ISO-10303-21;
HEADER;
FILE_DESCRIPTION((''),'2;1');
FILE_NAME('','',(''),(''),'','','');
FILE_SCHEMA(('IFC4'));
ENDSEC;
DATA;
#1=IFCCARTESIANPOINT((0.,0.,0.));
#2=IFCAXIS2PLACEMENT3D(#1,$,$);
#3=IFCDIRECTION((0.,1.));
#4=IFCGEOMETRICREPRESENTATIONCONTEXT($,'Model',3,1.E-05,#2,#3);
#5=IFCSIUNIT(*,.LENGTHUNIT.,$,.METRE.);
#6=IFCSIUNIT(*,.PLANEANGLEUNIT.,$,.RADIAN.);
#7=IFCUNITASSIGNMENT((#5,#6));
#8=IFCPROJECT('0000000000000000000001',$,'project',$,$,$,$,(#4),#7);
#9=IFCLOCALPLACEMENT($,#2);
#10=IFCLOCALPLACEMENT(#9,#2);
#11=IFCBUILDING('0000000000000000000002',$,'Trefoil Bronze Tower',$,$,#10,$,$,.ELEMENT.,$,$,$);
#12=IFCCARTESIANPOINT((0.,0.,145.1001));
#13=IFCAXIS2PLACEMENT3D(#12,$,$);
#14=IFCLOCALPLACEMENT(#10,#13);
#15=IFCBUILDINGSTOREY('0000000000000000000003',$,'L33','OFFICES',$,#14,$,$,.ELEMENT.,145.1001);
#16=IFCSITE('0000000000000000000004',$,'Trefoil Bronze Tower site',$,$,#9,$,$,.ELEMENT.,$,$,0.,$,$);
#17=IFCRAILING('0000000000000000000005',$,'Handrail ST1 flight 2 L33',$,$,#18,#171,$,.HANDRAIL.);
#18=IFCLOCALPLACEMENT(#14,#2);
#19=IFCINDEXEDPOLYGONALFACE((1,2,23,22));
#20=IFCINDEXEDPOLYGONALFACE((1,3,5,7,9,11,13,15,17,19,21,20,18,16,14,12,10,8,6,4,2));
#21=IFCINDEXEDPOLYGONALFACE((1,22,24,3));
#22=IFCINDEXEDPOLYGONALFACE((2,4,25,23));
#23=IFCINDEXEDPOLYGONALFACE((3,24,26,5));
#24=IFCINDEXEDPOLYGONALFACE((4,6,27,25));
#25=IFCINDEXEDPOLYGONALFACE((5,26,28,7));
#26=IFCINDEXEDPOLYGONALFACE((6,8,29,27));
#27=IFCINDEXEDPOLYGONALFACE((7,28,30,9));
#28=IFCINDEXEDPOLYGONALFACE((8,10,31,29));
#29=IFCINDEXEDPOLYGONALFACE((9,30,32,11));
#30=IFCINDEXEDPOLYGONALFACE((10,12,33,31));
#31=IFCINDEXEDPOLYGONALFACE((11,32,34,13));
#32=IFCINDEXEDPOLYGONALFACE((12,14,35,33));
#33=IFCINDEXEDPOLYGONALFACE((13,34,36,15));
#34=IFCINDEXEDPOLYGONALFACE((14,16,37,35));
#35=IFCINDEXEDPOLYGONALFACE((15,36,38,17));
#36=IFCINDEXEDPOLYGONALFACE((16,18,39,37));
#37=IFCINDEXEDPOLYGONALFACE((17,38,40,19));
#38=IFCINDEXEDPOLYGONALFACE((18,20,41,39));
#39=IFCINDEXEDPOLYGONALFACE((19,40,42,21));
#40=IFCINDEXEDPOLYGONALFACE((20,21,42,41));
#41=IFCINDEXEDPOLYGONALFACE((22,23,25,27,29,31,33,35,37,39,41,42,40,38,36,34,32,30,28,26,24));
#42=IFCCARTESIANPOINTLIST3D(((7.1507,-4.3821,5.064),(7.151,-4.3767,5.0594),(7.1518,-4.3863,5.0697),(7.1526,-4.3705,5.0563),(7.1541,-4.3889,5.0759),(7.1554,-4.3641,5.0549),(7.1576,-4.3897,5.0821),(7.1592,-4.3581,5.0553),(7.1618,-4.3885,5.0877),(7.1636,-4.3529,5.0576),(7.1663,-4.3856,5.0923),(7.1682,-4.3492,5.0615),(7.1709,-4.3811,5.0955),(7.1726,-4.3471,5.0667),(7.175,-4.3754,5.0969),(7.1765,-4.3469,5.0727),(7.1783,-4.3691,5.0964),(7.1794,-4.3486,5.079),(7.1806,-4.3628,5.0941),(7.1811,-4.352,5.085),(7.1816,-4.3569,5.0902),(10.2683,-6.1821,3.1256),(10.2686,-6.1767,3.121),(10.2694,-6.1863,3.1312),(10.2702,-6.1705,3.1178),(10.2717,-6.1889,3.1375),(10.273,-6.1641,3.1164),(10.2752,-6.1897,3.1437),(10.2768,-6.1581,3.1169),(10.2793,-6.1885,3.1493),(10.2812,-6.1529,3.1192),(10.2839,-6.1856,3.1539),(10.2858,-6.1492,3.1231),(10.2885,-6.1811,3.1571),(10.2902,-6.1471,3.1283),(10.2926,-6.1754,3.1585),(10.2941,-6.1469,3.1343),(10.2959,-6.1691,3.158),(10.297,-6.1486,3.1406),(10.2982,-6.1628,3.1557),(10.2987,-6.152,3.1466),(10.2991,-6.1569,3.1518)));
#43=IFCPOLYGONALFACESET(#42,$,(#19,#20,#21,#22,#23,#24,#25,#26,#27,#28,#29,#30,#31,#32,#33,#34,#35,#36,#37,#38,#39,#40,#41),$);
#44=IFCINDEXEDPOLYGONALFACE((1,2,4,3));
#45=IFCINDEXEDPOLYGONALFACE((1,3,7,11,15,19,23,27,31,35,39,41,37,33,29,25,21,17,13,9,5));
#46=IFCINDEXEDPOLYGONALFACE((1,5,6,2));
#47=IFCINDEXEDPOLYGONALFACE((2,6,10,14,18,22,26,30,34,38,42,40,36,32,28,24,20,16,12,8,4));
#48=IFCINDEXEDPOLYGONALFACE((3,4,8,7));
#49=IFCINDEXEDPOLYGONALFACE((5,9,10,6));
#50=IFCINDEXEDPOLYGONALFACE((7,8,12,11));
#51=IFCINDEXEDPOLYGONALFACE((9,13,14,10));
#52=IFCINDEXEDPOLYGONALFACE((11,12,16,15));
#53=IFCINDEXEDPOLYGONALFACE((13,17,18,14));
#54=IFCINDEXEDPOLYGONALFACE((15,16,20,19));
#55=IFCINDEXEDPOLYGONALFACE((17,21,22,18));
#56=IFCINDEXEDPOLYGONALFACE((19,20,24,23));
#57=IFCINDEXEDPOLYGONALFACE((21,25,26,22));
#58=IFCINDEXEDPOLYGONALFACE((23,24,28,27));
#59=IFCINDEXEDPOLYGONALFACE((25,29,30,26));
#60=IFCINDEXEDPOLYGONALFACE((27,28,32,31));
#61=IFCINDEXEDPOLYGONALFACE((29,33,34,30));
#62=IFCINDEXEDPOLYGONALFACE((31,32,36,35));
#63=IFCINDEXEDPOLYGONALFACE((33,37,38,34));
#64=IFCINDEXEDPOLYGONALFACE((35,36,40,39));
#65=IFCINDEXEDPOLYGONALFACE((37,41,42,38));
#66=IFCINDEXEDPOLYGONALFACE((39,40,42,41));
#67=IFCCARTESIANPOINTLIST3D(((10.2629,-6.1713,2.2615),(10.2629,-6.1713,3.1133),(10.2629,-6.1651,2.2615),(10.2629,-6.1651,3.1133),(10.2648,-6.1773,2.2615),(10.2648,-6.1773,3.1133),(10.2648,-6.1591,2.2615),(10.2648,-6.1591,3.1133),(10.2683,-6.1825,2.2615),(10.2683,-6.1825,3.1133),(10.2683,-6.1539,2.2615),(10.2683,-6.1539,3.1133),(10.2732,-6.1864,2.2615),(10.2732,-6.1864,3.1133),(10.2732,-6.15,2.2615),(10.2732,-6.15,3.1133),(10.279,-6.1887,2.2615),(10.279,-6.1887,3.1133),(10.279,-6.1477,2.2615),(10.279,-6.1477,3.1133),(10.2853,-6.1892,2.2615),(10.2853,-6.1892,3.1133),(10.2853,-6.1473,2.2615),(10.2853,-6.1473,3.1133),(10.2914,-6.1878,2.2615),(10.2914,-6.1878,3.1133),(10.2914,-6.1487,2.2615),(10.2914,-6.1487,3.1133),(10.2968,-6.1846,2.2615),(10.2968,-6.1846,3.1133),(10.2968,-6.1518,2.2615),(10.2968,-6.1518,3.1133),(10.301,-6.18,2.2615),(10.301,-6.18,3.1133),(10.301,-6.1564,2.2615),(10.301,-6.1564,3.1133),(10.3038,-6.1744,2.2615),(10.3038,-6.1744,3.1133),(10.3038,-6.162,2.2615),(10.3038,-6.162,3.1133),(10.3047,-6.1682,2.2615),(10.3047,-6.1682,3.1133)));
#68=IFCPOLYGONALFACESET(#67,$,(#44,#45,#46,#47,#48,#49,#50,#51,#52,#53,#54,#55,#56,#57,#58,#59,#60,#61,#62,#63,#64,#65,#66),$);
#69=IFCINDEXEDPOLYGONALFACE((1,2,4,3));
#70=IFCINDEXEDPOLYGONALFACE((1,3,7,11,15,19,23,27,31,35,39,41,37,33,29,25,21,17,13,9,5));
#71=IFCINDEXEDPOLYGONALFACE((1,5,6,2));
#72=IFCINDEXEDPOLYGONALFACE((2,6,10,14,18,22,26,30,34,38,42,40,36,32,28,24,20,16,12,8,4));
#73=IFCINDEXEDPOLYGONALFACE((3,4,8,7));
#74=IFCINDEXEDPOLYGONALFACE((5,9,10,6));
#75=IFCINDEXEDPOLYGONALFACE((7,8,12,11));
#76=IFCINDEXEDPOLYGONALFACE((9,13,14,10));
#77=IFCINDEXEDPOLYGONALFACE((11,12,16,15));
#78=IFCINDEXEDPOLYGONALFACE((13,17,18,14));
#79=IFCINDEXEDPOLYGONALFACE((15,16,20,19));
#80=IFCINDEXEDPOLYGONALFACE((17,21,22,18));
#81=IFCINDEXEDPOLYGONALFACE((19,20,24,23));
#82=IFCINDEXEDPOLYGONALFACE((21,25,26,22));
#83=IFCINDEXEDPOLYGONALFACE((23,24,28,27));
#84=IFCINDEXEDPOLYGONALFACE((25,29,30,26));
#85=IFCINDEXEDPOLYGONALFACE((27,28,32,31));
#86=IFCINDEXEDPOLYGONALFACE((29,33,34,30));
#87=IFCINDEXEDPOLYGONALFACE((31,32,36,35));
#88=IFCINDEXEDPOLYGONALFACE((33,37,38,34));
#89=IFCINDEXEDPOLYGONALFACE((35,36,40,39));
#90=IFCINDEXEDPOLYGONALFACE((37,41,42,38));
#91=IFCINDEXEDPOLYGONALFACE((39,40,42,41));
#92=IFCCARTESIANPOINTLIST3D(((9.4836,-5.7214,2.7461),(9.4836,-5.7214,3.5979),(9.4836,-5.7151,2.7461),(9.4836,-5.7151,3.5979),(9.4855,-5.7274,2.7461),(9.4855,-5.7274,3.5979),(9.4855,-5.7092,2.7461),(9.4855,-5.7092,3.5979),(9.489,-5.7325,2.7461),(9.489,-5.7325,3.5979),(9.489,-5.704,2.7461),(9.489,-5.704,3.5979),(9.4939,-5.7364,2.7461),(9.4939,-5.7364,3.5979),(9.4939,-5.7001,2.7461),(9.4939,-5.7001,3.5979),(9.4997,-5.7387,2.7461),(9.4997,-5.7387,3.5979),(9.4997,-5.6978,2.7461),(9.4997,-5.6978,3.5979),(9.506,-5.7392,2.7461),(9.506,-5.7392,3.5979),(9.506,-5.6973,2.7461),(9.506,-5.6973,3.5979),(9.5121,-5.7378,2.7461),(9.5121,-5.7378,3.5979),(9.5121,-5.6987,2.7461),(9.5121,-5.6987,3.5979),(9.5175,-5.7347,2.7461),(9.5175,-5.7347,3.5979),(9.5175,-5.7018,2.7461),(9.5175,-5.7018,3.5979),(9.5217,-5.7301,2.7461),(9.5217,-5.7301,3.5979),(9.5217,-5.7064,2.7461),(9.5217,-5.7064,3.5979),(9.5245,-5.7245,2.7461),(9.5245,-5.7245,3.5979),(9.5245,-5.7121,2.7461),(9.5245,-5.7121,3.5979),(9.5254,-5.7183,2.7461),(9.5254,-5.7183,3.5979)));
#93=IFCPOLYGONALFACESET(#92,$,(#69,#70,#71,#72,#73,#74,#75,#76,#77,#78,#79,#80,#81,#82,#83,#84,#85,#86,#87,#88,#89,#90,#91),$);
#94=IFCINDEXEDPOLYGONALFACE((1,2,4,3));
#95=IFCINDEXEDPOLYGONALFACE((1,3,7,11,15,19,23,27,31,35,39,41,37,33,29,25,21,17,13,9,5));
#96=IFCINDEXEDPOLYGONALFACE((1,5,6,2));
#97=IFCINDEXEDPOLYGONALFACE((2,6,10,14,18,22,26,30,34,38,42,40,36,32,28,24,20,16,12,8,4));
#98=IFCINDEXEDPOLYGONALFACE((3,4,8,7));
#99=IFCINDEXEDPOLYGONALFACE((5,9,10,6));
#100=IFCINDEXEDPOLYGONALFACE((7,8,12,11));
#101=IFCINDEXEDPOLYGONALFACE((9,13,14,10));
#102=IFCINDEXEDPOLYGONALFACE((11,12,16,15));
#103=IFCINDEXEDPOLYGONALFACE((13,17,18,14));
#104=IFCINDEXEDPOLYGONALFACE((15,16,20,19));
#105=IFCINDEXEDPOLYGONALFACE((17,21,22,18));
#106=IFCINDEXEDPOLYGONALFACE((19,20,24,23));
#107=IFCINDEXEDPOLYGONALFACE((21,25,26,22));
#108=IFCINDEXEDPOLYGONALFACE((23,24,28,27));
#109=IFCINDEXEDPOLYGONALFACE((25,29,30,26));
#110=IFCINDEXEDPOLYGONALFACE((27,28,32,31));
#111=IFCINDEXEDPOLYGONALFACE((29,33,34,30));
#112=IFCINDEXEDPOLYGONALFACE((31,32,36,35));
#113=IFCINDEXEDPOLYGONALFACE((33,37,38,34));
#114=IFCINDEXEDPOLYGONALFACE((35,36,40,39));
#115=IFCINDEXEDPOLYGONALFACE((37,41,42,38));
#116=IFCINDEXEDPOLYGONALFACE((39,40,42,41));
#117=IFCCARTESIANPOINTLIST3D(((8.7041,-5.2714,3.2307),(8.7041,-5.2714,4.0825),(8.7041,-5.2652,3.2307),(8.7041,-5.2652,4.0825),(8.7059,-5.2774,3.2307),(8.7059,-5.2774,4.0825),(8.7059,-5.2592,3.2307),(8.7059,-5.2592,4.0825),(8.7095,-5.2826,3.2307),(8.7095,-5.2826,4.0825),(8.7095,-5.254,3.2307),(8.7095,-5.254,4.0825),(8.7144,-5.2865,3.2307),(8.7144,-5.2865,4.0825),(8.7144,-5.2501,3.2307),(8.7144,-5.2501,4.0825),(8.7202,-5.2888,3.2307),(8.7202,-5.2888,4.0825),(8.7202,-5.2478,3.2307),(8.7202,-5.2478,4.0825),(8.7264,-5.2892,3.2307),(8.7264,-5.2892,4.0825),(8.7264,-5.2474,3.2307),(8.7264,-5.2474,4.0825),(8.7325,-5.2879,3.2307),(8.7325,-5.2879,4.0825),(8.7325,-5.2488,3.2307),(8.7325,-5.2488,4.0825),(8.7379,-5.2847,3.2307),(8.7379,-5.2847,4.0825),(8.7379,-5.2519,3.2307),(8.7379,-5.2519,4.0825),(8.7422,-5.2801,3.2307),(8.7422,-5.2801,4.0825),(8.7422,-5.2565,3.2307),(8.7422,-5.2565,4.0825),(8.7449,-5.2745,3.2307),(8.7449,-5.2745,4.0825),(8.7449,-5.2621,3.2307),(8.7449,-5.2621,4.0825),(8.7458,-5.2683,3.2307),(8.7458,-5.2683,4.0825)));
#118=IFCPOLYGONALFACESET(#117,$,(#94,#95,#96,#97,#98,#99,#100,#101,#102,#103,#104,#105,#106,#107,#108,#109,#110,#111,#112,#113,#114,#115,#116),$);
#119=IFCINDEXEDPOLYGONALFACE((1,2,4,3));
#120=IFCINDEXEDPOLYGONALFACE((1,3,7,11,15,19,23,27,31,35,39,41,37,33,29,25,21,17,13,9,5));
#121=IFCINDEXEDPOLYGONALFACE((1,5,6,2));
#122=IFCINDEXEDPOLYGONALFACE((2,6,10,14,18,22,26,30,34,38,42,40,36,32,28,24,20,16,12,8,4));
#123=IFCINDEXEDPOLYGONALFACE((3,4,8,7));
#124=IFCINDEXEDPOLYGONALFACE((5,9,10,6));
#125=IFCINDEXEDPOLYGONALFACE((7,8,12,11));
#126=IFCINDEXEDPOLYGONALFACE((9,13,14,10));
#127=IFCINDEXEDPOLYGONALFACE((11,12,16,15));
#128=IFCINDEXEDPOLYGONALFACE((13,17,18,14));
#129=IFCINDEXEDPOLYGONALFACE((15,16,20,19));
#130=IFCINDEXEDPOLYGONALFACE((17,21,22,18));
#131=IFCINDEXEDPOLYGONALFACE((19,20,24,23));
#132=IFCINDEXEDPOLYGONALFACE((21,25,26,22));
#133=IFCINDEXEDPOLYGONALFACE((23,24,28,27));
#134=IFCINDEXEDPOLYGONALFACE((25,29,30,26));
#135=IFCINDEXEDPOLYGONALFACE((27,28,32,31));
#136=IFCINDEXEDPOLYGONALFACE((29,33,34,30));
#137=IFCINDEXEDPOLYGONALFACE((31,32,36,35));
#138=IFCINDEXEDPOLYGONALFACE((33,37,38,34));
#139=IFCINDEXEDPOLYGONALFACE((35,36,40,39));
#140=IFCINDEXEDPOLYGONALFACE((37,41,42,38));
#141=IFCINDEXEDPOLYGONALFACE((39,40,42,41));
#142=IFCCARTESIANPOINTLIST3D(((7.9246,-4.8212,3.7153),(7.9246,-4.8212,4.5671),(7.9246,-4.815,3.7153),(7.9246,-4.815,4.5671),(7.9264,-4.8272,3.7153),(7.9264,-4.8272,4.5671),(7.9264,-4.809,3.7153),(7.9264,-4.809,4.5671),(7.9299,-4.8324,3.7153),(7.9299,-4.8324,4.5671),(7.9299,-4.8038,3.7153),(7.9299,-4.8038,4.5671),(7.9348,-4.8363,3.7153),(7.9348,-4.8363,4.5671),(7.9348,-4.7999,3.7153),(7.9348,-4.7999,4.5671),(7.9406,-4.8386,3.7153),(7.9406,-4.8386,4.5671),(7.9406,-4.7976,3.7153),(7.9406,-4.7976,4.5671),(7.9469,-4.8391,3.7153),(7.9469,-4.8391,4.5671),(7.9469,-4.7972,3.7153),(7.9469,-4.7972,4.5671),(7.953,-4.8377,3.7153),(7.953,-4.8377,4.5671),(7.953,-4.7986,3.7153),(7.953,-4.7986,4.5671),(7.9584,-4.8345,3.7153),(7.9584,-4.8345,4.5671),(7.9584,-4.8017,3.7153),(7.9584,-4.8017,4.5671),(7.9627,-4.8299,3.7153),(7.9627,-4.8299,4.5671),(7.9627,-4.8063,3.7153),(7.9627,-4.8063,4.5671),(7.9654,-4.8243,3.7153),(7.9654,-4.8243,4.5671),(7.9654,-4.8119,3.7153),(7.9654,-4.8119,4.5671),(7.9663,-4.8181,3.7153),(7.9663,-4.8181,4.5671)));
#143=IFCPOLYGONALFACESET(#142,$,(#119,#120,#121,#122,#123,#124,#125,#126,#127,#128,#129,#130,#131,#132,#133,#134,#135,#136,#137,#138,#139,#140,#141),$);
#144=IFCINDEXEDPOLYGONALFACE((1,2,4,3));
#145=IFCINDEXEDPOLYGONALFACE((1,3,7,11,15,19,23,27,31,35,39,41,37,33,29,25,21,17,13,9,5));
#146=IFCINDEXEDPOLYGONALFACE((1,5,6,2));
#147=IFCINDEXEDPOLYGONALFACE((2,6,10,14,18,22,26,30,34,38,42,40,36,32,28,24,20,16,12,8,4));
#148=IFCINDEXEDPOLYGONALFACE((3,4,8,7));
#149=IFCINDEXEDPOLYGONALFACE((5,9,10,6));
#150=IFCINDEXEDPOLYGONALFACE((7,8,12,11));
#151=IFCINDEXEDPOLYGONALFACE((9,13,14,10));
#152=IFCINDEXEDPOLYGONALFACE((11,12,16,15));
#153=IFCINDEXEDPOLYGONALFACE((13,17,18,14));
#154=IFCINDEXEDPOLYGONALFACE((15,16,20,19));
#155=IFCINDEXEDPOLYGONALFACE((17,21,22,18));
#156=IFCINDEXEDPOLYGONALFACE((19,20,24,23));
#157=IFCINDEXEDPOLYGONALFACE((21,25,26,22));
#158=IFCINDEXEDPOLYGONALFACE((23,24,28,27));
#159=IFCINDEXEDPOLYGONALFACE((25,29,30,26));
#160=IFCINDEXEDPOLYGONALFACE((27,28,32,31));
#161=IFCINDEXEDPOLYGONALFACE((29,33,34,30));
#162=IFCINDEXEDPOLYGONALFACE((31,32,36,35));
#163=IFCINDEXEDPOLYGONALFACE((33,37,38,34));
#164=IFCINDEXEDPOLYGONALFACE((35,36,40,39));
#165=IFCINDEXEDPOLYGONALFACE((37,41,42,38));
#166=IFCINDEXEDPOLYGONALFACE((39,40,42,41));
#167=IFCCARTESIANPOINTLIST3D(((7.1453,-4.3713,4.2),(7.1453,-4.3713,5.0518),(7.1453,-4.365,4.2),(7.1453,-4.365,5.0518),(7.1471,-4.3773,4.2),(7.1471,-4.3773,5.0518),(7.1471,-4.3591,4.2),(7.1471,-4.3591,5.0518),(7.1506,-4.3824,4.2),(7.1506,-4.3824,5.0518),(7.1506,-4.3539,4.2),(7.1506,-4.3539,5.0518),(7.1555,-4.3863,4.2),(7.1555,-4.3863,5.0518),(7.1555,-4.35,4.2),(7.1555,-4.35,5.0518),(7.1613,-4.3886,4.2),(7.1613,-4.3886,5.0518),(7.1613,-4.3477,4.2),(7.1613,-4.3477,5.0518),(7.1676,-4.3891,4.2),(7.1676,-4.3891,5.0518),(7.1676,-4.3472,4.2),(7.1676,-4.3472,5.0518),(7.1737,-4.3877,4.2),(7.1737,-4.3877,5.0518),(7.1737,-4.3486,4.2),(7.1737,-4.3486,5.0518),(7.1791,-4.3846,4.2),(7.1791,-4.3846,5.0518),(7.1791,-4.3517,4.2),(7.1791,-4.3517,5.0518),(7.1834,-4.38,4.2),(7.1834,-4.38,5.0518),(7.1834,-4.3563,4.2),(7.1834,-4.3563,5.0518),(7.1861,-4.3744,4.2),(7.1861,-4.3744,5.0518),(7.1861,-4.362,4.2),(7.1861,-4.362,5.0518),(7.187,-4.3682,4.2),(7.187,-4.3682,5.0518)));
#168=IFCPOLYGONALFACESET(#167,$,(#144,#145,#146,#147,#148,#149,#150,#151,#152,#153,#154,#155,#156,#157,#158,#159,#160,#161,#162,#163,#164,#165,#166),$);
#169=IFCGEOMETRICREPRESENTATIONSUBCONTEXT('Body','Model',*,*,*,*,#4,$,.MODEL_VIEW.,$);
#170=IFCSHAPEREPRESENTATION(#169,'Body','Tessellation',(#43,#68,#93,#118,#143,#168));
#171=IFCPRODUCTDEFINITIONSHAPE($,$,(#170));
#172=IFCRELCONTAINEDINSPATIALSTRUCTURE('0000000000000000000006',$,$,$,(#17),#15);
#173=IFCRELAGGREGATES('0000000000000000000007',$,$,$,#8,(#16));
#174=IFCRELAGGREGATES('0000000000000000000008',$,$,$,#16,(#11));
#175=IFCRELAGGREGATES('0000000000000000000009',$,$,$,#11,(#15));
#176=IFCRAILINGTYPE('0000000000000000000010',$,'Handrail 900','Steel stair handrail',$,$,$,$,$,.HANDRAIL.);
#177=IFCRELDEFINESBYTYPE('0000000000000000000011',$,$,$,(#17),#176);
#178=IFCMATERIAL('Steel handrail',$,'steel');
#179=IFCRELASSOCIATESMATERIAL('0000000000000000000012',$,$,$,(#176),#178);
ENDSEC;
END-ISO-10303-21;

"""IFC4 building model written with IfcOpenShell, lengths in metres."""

from ifc_helpers import new_model, si_unit, direction, frame, origin, origin_2d, place, context, subcontext, project, spatial, circle, extrude, material, type_object, element, save


model = new_model("IFC4")

# Units and contexts
model_context = context("Model", 3, precision=1e-05, world=origin(), true_north=direction((0.0, 1.0)))
body_context = subcontext(model_context, "Body", "Model", "MODEL_VIEW")
ifc_project = project(units=[si_unit("LENGTHUNIT", "METRE"), si_unit("PLANEANGLEUNIT", "RADIAN")], contexts=[model_context])

# Site, building, storey
site_placement = place(None, origin())
site = spatial("IfcSite", under=ifc_project, at=site_placement, Name="Trefoil Bronze Tower site", CompositionType="ELEMENT", RefElevation=0.0)
building_placement = place(site_placement, origin())
building = spatial("IfcBuilding", under=site, at=building_placement, Name="Trefoil Bronze Tower", CompositionType="ELEMENT")
storey_placement = place(building_placement, frame((0.0, 0.0, 145.1001)))
storey = spatial("IfcBuildingStorey", under=building, at=storey_placement, Name="L33", Description="OFFICES", CompositionType="ELEMENT", Elevation=145.1001)

# Railing
ifc_material_1 = material(Name="Steel handrail", Category="steel")
railing_type = type_object("IfcRailingType", Name="Handrail 900", Description="Steel stair handrail", PredefinedType="HANDRAIL", material=ifc_material_1)
railing_placement = place(storey_placement, frame((10.2837, -6.1682, 2.2615)))
element("IfcRailing", 1, at=railing_placement, inside=storey, type_object=railing_type, Name="Handrail ST1 flight 2 L33", PredefinedType="HANDRAIL", context=body_context, shape_type="SweptSolid", body=[
    extrude(circle(Radius=0.0239, at=origin_2d()), frame((0.0, 0.0, 0.876), z_axis=(-0.762503, 0.440246, 0.474102), x_axis=(-0.500012, -0.866018, 0.0)), (0.0, 0.0, 1.0), 4.0886),
    extrude(circle(Radius=0.021, at=origin_2d()), origin(), (0.0, 0.0, 1.0), 0.8518),
    extrude(circle(Radius=0.021, at=origin_2d()), frame((-0.7793, 0.45, 0.4846)), (0.0, 0.0, 1.0), 0.8518),
    extrude(circle(Radius=0.021, at=origin_2d()), frame((-1.5588, 0.8999, 0.9692)), (0.0, 0.0, 1.0), 0.8518),
    extrude(circle(Radius=0.021, at=origin_2d()), frame((-2.3384, 1.3501, 1.4539)), (0.0, 0.0, 1.0), 0.8518),
    extrude(circle(Radius=0.021, at=origin_2d()), frame((-3.1177, 1.8, 1.9385)), (0.0, 0.0, 1.0), 0.8518),
])

save(model, "model.ifc")
